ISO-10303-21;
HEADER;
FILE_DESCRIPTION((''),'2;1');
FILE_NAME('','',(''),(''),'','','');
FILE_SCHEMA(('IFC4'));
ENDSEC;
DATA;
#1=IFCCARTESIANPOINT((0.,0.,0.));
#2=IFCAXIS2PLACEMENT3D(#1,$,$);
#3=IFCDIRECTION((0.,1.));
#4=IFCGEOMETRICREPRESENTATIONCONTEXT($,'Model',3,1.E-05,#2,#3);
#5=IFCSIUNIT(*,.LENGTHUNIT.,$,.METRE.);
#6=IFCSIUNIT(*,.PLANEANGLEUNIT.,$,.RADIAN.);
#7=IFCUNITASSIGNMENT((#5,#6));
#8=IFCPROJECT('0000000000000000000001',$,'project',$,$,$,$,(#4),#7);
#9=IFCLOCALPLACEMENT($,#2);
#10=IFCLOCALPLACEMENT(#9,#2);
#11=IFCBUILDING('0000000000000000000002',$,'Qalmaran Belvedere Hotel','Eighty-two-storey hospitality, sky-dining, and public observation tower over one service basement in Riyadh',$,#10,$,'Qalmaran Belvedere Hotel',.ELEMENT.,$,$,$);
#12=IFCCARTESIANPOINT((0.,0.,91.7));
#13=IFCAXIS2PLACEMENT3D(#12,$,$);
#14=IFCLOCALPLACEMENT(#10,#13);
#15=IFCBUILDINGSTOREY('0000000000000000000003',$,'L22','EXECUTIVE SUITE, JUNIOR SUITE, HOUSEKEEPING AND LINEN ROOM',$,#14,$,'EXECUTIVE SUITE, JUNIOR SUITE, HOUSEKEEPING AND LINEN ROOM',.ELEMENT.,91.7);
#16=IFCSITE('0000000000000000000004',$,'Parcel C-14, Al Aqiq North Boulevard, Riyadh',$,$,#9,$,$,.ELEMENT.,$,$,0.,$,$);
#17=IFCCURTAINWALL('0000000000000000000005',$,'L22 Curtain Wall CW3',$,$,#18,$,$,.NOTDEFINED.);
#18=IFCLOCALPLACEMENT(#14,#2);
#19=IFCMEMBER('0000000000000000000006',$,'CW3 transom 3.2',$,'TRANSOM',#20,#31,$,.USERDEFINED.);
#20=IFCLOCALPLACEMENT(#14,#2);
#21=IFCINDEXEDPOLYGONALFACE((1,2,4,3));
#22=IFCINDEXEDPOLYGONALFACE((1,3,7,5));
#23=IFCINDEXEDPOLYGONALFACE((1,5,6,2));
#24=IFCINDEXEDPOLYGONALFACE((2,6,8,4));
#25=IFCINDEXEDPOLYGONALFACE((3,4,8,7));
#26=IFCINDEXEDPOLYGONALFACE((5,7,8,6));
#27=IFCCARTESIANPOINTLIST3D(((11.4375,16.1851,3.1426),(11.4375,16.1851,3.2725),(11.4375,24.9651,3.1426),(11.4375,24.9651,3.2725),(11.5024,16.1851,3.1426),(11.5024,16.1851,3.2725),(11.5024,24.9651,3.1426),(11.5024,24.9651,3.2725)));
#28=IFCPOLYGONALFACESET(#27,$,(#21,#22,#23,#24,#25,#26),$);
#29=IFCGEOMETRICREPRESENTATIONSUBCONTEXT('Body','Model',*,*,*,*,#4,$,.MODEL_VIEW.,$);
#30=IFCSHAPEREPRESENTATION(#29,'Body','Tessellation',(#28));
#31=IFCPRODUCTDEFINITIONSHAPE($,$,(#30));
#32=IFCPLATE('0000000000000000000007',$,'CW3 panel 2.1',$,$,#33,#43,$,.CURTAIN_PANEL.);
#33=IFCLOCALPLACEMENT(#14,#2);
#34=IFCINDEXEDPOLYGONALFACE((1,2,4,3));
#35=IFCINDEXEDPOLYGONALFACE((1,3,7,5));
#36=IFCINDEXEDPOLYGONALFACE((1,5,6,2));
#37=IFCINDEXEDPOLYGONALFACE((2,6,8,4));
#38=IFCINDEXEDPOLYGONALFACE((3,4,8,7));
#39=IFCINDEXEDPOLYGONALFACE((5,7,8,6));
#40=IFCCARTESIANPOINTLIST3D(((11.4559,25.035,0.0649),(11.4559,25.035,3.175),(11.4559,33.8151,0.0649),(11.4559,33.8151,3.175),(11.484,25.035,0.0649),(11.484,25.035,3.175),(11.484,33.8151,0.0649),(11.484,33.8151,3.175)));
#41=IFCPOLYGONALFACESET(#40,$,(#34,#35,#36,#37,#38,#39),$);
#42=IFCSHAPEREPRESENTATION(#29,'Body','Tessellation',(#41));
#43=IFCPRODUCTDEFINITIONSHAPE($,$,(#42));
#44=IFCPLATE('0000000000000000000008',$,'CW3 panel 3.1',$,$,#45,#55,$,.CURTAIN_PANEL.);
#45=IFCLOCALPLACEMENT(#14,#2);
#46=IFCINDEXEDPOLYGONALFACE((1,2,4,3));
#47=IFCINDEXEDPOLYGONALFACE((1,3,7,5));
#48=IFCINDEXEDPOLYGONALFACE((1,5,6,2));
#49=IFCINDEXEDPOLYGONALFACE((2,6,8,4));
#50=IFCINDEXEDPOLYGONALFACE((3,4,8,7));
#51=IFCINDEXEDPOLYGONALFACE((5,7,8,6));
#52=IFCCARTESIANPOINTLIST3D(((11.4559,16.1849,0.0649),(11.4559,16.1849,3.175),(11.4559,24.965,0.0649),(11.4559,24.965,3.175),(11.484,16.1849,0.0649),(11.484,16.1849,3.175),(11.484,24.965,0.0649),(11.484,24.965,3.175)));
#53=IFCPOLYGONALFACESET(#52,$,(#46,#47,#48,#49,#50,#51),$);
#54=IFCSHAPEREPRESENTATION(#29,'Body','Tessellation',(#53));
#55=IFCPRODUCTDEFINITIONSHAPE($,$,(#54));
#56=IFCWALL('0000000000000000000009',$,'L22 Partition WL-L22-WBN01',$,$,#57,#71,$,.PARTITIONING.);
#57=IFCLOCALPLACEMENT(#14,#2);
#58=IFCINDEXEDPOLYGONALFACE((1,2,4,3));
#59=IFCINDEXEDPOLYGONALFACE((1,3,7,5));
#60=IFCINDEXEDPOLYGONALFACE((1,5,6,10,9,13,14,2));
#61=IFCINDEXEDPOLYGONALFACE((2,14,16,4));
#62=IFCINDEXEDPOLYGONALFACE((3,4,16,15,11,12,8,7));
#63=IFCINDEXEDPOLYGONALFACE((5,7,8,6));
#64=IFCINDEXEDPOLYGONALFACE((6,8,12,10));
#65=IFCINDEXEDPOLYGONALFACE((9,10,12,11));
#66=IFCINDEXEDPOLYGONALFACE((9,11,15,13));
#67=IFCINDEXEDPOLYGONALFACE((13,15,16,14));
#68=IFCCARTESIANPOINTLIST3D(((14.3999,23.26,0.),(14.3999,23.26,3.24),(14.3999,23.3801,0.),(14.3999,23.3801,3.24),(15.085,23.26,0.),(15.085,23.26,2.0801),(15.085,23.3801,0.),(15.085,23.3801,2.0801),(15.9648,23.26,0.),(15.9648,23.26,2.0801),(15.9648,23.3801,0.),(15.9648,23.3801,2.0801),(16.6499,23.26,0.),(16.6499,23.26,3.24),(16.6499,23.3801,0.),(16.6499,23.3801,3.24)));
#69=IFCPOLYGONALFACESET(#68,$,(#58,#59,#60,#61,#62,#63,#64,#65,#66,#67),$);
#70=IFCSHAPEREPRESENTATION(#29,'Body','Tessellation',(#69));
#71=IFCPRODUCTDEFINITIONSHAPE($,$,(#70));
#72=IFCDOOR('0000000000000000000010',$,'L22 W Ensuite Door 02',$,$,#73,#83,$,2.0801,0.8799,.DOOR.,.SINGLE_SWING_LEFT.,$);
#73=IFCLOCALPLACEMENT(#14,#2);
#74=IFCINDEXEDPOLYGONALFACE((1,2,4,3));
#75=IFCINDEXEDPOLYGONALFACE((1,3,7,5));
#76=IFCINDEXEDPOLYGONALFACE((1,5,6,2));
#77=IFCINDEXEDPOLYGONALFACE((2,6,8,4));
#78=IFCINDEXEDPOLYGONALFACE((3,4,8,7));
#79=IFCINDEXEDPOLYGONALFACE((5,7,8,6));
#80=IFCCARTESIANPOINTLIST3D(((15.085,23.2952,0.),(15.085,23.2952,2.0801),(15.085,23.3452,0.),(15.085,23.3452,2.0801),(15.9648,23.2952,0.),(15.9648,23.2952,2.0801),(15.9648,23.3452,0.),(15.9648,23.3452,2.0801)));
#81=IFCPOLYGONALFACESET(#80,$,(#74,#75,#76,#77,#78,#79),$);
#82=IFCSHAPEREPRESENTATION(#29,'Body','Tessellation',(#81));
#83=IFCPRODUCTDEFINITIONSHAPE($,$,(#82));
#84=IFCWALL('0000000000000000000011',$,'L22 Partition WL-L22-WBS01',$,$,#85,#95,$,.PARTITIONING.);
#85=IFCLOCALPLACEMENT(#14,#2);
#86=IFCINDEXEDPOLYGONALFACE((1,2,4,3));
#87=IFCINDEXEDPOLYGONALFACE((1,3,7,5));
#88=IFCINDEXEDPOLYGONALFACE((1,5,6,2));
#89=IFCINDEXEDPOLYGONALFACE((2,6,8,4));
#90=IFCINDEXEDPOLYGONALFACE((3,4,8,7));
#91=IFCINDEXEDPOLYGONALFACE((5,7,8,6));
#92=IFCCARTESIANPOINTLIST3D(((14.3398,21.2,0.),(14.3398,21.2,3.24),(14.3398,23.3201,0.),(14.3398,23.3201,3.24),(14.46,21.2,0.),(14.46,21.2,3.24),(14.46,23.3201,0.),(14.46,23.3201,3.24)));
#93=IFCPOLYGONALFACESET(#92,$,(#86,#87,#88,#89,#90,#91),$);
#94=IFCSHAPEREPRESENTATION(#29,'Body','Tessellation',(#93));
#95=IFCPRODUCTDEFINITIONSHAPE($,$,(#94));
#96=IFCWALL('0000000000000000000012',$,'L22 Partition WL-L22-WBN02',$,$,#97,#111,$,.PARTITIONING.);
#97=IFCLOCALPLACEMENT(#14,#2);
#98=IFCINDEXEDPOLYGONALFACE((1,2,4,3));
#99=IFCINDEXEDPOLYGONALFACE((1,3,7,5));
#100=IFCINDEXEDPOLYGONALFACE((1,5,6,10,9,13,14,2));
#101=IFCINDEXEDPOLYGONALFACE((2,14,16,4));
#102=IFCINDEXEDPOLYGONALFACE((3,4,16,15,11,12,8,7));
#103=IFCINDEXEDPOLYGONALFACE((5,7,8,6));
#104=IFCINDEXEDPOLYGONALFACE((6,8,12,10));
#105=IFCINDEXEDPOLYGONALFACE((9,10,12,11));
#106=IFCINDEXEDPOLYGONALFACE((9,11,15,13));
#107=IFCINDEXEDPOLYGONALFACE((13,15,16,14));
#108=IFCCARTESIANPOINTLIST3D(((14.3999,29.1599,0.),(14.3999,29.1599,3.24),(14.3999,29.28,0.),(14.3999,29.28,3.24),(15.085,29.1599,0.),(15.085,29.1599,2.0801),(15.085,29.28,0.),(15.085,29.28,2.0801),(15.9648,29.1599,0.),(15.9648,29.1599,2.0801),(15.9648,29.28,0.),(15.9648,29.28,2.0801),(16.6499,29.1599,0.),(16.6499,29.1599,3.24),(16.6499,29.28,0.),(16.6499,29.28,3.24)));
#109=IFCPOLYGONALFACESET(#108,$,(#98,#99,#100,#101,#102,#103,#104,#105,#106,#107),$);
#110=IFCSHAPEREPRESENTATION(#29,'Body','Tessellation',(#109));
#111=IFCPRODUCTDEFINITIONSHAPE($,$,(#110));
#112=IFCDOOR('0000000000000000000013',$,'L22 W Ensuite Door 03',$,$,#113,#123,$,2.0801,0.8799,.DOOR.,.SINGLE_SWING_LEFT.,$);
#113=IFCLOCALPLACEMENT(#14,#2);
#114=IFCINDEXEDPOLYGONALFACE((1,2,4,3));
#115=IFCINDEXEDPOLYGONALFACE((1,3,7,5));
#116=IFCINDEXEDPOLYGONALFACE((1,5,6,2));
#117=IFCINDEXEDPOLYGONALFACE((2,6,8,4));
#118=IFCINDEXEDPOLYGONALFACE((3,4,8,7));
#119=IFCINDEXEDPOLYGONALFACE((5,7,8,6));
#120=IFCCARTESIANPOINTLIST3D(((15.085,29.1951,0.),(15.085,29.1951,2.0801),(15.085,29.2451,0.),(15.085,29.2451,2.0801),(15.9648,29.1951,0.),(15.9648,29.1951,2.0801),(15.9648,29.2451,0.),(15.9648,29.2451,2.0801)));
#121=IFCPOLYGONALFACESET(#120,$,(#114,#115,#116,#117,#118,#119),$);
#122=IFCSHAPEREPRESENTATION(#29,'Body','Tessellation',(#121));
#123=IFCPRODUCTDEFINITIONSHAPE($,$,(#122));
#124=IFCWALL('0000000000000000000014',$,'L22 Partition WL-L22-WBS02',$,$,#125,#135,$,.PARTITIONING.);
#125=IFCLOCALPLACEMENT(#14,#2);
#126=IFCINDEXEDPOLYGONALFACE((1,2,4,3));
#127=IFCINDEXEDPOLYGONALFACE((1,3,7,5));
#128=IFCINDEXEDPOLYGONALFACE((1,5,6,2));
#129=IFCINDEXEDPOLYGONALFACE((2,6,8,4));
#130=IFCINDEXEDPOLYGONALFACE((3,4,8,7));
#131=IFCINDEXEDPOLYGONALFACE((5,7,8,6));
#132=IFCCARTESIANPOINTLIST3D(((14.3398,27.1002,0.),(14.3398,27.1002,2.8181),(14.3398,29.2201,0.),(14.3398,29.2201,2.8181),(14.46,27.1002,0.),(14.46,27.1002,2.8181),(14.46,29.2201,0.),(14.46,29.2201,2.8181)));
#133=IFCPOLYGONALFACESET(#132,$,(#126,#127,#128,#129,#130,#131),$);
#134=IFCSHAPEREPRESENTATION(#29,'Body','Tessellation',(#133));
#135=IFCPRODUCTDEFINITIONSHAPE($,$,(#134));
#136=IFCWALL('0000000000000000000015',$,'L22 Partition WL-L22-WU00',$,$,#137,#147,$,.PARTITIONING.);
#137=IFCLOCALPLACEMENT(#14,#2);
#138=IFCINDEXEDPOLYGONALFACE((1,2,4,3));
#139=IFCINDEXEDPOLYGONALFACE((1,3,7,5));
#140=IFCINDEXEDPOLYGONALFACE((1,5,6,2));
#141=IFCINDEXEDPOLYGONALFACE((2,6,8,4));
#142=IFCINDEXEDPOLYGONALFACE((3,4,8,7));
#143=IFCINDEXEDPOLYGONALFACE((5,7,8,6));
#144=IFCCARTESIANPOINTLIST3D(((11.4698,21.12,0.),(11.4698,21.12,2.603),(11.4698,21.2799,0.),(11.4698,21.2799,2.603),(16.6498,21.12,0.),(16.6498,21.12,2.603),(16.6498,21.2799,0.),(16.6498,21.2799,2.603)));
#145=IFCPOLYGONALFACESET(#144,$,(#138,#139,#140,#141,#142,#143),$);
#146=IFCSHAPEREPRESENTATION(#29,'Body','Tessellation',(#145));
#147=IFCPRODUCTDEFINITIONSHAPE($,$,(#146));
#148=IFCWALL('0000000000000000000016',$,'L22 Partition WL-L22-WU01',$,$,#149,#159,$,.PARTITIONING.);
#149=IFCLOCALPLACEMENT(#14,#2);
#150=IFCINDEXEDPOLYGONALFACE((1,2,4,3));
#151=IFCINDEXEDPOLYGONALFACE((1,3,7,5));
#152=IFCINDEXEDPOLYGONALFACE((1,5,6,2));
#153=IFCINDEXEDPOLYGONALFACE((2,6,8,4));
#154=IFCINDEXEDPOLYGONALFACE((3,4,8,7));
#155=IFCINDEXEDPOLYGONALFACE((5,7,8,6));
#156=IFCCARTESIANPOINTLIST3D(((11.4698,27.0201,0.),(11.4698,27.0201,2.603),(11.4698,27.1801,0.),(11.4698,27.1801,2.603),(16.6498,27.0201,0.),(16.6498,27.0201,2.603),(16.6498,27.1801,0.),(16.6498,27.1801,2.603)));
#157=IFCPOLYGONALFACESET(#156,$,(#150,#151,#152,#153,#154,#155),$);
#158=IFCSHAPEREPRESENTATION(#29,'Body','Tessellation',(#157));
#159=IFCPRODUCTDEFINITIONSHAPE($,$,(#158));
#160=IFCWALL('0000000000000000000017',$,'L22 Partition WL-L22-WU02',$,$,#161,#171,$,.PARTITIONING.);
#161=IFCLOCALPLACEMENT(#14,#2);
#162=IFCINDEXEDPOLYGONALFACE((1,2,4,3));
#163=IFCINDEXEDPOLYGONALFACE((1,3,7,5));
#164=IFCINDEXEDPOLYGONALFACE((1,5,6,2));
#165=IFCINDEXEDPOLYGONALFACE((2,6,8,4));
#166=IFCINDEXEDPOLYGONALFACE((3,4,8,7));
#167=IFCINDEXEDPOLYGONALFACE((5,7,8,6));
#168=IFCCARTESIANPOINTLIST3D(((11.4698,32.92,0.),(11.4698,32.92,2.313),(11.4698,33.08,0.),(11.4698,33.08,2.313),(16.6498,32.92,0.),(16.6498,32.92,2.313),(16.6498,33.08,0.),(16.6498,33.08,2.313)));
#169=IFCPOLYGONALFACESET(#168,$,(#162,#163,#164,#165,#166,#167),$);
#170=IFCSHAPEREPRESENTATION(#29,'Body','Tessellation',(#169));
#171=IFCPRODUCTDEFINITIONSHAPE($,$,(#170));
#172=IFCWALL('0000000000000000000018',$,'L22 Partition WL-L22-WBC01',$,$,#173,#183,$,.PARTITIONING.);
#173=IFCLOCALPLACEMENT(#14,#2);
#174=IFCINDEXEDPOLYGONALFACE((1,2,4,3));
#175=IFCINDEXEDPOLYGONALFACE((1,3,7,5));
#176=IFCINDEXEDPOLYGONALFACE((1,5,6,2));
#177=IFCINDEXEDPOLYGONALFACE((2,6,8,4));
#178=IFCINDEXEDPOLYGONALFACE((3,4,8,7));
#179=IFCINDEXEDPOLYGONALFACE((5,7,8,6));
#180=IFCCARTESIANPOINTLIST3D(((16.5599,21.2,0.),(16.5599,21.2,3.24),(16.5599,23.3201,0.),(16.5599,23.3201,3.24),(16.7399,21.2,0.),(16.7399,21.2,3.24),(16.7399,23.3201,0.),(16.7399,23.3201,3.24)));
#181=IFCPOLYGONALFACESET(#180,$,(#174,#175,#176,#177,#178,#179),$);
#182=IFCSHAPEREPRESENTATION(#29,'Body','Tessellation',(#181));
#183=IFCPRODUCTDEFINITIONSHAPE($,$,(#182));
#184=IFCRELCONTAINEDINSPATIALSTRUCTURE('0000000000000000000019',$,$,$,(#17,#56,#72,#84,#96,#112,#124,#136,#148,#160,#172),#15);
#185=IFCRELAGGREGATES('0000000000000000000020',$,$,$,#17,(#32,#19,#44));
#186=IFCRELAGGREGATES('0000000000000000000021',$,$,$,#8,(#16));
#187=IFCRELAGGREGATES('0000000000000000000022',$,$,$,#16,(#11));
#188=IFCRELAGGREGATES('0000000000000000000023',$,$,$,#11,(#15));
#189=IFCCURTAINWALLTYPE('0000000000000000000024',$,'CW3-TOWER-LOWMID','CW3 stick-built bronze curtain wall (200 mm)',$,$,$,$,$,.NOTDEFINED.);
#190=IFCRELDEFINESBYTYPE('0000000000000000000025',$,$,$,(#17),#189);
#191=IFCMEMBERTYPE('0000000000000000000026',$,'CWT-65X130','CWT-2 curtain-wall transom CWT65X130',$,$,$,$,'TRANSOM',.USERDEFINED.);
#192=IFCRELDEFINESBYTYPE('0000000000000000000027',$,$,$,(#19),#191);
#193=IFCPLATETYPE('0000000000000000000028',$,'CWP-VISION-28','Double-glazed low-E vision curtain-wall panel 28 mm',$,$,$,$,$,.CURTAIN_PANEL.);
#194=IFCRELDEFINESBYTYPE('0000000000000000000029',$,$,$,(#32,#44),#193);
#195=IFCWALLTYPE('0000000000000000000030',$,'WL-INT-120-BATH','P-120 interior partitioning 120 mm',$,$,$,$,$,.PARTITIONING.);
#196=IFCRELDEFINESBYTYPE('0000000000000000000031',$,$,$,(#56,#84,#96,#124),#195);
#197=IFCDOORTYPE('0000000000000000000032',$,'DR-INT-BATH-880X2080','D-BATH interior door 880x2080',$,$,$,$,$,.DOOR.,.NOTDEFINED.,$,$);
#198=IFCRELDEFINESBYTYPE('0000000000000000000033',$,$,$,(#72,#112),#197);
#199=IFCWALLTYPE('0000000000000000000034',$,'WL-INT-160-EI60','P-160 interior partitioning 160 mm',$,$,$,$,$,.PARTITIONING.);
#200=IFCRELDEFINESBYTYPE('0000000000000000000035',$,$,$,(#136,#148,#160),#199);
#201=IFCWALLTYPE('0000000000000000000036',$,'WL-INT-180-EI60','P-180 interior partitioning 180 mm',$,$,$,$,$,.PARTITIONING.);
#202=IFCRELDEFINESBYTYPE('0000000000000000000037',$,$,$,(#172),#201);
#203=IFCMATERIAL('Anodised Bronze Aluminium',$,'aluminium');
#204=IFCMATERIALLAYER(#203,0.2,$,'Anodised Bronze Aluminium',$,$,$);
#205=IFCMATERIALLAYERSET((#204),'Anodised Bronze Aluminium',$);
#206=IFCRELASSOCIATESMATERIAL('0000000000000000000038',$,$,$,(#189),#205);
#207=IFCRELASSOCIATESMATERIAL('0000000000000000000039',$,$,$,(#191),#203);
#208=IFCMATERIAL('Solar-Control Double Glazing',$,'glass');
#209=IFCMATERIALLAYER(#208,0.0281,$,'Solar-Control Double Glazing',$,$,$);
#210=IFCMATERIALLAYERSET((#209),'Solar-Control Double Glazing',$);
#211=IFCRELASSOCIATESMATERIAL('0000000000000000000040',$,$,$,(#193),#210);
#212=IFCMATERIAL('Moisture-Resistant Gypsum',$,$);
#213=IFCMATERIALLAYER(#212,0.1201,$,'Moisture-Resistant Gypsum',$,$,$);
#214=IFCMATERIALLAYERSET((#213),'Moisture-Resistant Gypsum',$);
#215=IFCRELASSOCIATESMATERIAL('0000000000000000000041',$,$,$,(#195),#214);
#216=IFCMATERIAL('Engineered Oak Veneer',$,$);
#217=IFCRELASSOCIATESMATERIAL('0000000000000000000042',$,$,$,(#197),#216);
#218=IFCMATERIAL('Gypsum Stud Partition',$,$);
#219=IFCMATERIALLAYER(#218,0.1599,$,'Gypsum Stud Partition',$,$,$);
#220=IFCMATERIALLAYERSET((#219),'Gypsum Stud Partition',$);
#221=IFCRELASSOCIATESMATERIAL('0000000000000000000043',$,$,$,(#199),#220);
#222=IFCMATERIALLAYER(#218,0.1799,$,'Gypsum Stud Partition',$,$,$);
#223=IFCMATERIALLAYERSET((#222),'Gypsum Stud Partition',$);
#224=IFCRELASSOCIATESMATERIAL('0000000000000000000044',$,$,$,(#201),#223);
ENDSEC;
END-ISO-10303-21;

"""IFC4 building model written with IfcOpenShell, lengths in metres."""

from ifc_helpers import new_model, si_unit, direction, frame, frame_2d, origin, origin_2d, place, context, subcontext, project, spatial, rectangle, extrude, material, layer, layer_set, material_profile, profile_set, type_object, element, fill, aggregate, save


model = new_model("IFC4")

# Units and contexts
model_context = context("Model", 3, precision=1e-05, world=origin(), true_north=direction((0.0, 1.0)))
body_context = subcontext(model_context, "Body", "Model", "MODEL_VIEW")
ifc_project = project(units=[si_unit("LENGTHUNIT", "METRE"), si_unit("PLANEANGLEUNIT", "RADIAN")], contexts=[model_context])

# Site, building, storey
site_placement = place(None, origin())
site = spatial("IfcSite", under=ifc_project, at=site_placement, Name="Parcel C-14, Al Aqiq North Boulevard, Riyadh", CompositionType="ELEMENT", RefElevation=0.0)
building_placement = place(site_placement, origin())
building = spatial("IfcBuilding", under=site, at=building_placement, Name="Qalmaran Belvedere Hotel", Description="Eighty-two-storey hospitality, sky-dining, and public observation tower over one service basement in Riyadh", LongName="Qalmaran Belvedere Hotel", CompositionType="ELEMENT")
storey_placement = place(building_placement, frame((0.0, 0.0, 91.7)))
storey = spatial("IfcBuildingStorey", under=building, at=storey_placement, Name="L22", Description="EXECUTIVE SUITE, JUNIOR SUITE, HOUSEKEEPING AND LINEN ROOM", LongName="EXECUTIVE SUITE, JUNIOR SUITE, HOUSEKEEPING AND LINEN ROOM", CompositionType="ELEMENT", Elevation=91.7)

# Curtain wall, member, plates
ifc_material_1 = material(Name="Anodised Bronze Aluminium", Category="aluminium")
ifc_layer_1 = layer(ifc_material_1, 0.2, Name="Anodised Bronze Aluminium")
ifc_layer_set_1 = layer_set([ifc_layer_1], Name="Anodised Bronze Aluminium")
curtain_wall_type = type_object("IfcCurtainWallType", Name="CW3-TOWER-LOWMID", Description="CW3 stick-built bronze curtain wall (200 mm)", PredefinedType="NOTDEFINED", material=ifc_layer_set_1)
curtain_wall_placement = place(storey_placement, origin())
curtain_wall = element("IfcCurtainWall", 1, at=curtain_wall_placement, inside=storey, type_object=curtain_wall_type, Name="L22 Curtain Wall CW3", PredefinedType="NOTDEFINED")
ifc_material_profile_1 = material_profile(ifc_material_1, rectangle(XDim=0.0649, YDim=0.1299, at=origin_2d()), Name="CWT65X130")
ifc_profile_set_1 = profile_set([ifc_material_profile_1], Name="Anodised Bronze Aluminium")
member_type_1 = type_object("IfcMemberType", Name="CWT-65X130", Description="CWT-2 curtain-wall transom CWT65X130", ElementType="TRANSOM", PredefinedType="USERDEFINED", material=ifc_profile_set_1)
member_1_placement = place(storey_placement, frame((11.47, 24.9651, 3.2075), z_axis=(0.0, -1.0, 0.0), x_axis=(1.0, 0.0, 0.0)))
member_1 = element("IfcMember", 2, at=member_1_placement, type_object=member_type_1, Name="CW3 transom 3.2", ObjectType="TRANSOM", PredefinedType="USERDEFINED", context=body_context, shape_type="SweptSolid", body=[
    extrude(rectangle(XDim=0.0649, YDim=0.1299, at=origin_2d()), origin(), (0.0, 0.0, 1.0), 8.78),
])
ifc_material_2 = material(Name="Solar-Control Double Glazing", Category="glass")
ifc_layer_2 = layer(ifc_material_2, 0.0281, Name="Solar-Control Double Glazing")
ifc_layer_set_2 = layer_set([ifc_layer_2], Name="Solar-Control Double Glazing")
plate_type = type_object("IfcPlateType", Name="CWP-VISION-28", Description="Double-glazed low-E vision curtain-wall panel 28 mm", PredefinedType="CURTAIN_PANEL", material=ifc_layer_set_2)
plate_1_placement = place(storey_placement, frame((11.47, 29.425, 0.0649), z_axis=(0.0, 0.0, 1.0), x_axis=(0.0, -1.0, 0.0)))
plate_1 = element("IfcPlate", 3, at=plate_1_placement, type_object=plate_type, Name="CW3 panel 2.1", PredefinedType="CURTAIN_PANEL", context=body_context, shape_type="SweptSolid", body=[
    extrude(rectangle(XDim=8.78, YDim=0.0281, at=origin_2d()), origin(), (0.0, 0.0, 1.0), 3.1101),
])
plate_2_placement = place(storey_placement, frame((11.47, 20.575, 0.0649), z_axis=(0.0, 0.0, 1.0), x_axis=(0.0, -1.0, 0.0)))
plate_2 = element("IfcPlate", 4, at=plate_2_placement, type_object=plate_type, Name="CW3 panel 3.1", PredefinedType="CURTAIN_PANEL", context=body_context, shape_type="SweptSolid", body=[
    extrude(rectangle(XDim=8.78, YDim=0.0281, at=origin_2d()), origin(), (0.0, 0.0, 1.0), 3.1101),
])
aggregate(curtain_wall, [plate_1, member_1, plate_2])

# Wall, opening, door
ifc_material_3 = material(Name="Moisture-Resistant Gypsum")
ifc_layer_3 = layer(ifc_material_3, 0.1201, Name="Moisture-Resistant Gypsum")
ifc_layer_set_3 = layer_set([ifc_layer_3], Name="Moisture-Resistant Gypsum")
wall_type_1 = type_object("IfcWallType", Name="WL-INT-120-BATH", Description="P-120 interior partitioning 120 mm", PredefinedType="PARTITIONING", material=ifc_layer_set_3)
wall_1_placement = place(storey_placement, frame((14.3999, 23.3201, 0.0), z_axis=(0.0, 0.0, 1.0), x_axis=(1.0, 0.0, 0.0)))
wall_1 = element("IfcWall", 5, at=wall_1_placement, inside=storey, type_object=wall_type_1, Name="L22 Partition WL-L22-WBN01", PredefinedType="PARTITIONING", context=body_context, shape_type="SweptSolid", body=[
    extrude(rectangle(XDim=2.25, YDim=0.1201, at=frame_2d((1.125, 0.0))), origin(), (0.0, 0.0, 1.0), 3.24),
])
opening_1_placement = place(wall_1_placement, frame((1.5649, 0.0, 0.0), z_axis=(0.0, 0.0, 1.0), x_axis=(-1.0, 0.0, 0.0)))
opening_1 = element("IfcOpeningElement", 6, at=opening_1_placement, cuts=wall_1, PredefinedType="OPENING", context=body_context, shape_type="SweptSolid", body=[
    extrude(rectangle(XDim=0.8799, YDim=2.0801, at=frame_2d((0.4399, 1.04))), frame((0.0, 0.0701, 0.0), z_axis=(0.0, -1.0, 0.0), x_axis=(1.0, 0.0, 0.0)), (0.0, 0.0, 1.0), 0.1401),
])
ifc_material_4 = material(Name="Engineered Oak Veneer")
door_type_1 = type_object("IfcDoorType", Name="DR-INT-BATH-880X2080", Description="D-BATH interior door 880x2080", OperationType="NOTDEFINED", PredefinedType="DOOR", material=ifc_material_4)
door_1_placement = place(opening_1_placement, origin())
door_1 = element("IfcDoor", 7, at=door_1_placement, inside=storey, type_object=door_type_1, Name="L22 W Ensuite Door 02", OperationType="SINGLE_SWING_LEFT", OverallHeight=2.0801, OverallWidth=0.8799, PredefinedType="DOOR", context=body_context, shape_type="SweptSolid", body=[
    extrude(rectangle(XDim=0.8799, YDim=2.0801, at=frame_2d((0.4399, 1.04))), frame((0.0, 0.0249, 0.0), z_axis=(0.0, -1.0, 0.0), x_axis=(1.0, 0.0, 0.0)), (0.0, 0.0, 1.0), 0.05),
])
fill(opening_1, door_1)

# Wall
wall_2_placement = place(storey_placement, frame((14.3999, 21.2, 0.0), z_axis=(0.0, 0.0, 1.0), x_axis=(0.0, 1.0, 0.0)))
element("IfcWall", 8, at=wall_2_placement, inside=storey, type_object=wall_type_1, Name="L22 Partition WL-L22-WBS01", PredefinedType="PARTITIONING", context=body_context, shape_type="SweptSolid", body=[
    extrude(rectangle(XDim=2.1201, YDim=0.1201, at=frame_2d((1.0601, 0.0))), origin(), (0.0, 0.0, 1.0), 3.24),
])

# Wall, opening, door
wall_3_placement = place(storey_placement, frame((14.3999, 29.22, 0.0), z_axis=(0.0, 0.0, 1.0), x_axis=(1.0, 0.0, 0.0)))
wall_3 = element("IfcWall", 9, at=wall_3_placement, inside=storey, type_object=wall_type_1, Name="L22 Partition WL-L22-WBN02", PredefinedType="PARTITIONING", context=body_context, shape_type="SweptSolid", body=[
    extrude(rectangle(XDim=2.25, YDim=0.1201, at=frame_2d((1.125, 0.0))), origin(), (0.0, 0.0, 1.0), 3.24),
])
opening_2_placement = place(wall_3_placement, frame((1.5649, 0.0, 0.0), z_axis=(0.0, 0.0, 1.0), x_axis=(-1.0, 0.0, 0.0)))
opening_2 = element("IfcOpeningElement", 10, at=opening_2_placement, cuts=wall_3, PredefinedType="OPENING", context=body_context, shape_type="SweptSolid", body=[
    extrude(rectangle(XDim=0.8799, YDim=2.0801, at=frame_2d((0.4399, 1.04))), frame((0.0, 0.0701, 0.0), z_axis=(0.0, -1.0, 0.0), x_axis=(1.0, 0.0, 0.0)), (0.0, 0.0, 1.0), 0.1401),
])
door_2_placement = place(opening_2_placement, origin())
door_2 = element("IfcDoor", 11, at=door_2_placement, inside=storey, type_object=door_type_1, Name="L22 W Ensuite Door 03", OperationType="SINGLE_SWING_LEFT", OverallHeight=2.0801, OverallWidth=0.8799, PredefinedType="DOOR", context=body_context, shape_type="SweptSolid", body=[
    extrude(rectangle(XDim=0.8799, YDim=2.0801, at=frame_2d((0.4399, 1.04))), frame((0.0, 0.0249, 0.0), z_axis=(0.0, -1.0, 0.0), x_axis=(1.0, 0.0, 0.0)), (0.0, 0.0, 1.0), 0.05),
])
fill(opening_2, door_2)

# Wall
wall_4_placement = place(storey_placement, frame((14.3999, 27.1001, 0.0), z_axis=(0.0, 0.0, 1.0), x_axis=(0.0, 1.0, 0.0)))
element("IfcWall", 12, at=wall_4_placement, inside=storey, type_object=wall_type_1, Name="L22 Partition WL-L22-WBS02", PredefinedType="PARTITIONING", context=body_context, shape_type="SweptSolid", body=[
    extrude(rectangle(XDim=2.1199, YDim=0.1201, at=frame_2d((1.0601, 0.0))), origin(), (0.0, 0.0, 1.0), 2.8181),
])

# Shared definitions
ifc_material_5 = material(Name="Gypsum Stud Partition")

# Walls
ifc_layer_4 = layer(ifc_material_5, 0.1599, Name="Gypsum Stud Partition")
ifc_layer_set_4 = layer_set([ifc_layer_4], Name="Gypsum Stud Partition")
wall_type_2 = type_object("IfcWallType", Name="WL-INT-160-EI60", Description="P-160 interior partitioning 160 mm", PredefinedType="PARTITIONING", material=ifc_layer_set_4)
for number, where, z_axis, x_axis, name in (
    (13, (11.47, 21.2, 0.0), (0.0, 0.0, 1.0), (1.0, 0.0, 0.0), "L22 Partition WL-L22-WU00"),
    (14, (11.47, 27.1001, 0.0), (0.0, 0.0, 1.0), (1.0, 0.0, 0.0), "L22 Partition WL-L22-WU01"),
):
    element("IfcWall", number, at=place(storey_placement, frame(where, z_axis=z_axis, x_axis=x_axis)), inside=storey, type_object=wall_type_2, Name=name, PredefinedType="PARTITIONING", context=body_context, shape_type="SweptSolid", body=[
        extrude(rectangle(XDim=5.1799, YDim=0.1599, at=frame_2d((2.5898, 0.0))), origin(), (0.0, 0.0, 1.0), 2.603),
    ])
wall_5_placement = place(storey_placement, frame((11.47, 33.0, 0.0), z_axis=(0.0, 0.0, 1.0), x_axis=(1.0, 0.0, 0.0)))
element("IfcWall", 15, at=wall_5_placement, inside=storey, type_object=wall_type_2, Name="L22 Partition WL-L22-WU02", PredefinedType="PARTITIONING", context=body_context, shape_type="SweptSolid", body=[
    extrude(rectangle(XDim=5.1799, YDim=0.1599, at=frame_2d((2.5898, 0.0))), origin(), (0.0, 0.0, 1.0), 2.313),
])
ifc_layer_5 = layer(ifc_material_5, 0.1799, Name="Gypsum Stud Partition")
ifc_layer_set_5 = layer_set([ifc_layer_5], Name="Gypsum Stud Partition")
wall_type_3 = type_object("IfcWallType", Name="WL-INT-180-EI60", Description="P-180 interior partitioning 180 mm", PredefinedType="PARTITIONING", material=ifc_layer_set_5)
wall_6_placement = place(storey_placement, frame((16.6499, 21.2, 0.0), z_axis=(0.0, 0.0, 1.0), x_axis=(0.0, 1.0, 0.0)))
element("IfcWall", 16, at=wall_6_placement, inside=storey, type_object=wall_type_3, Name="L22 Partition WL-L22-WBC01", PredefinedType="PARTITIONING", context=body_context, shape_type="SweptSolid", body=[
    extrude(rectangle(XDim=2.1201, YDim=0.1799, at=frame_2d((1.0601, 0.0))), origin(), (0.0, 0.0, 1.0), 3.24),
])

save(model, "model.ifc")
